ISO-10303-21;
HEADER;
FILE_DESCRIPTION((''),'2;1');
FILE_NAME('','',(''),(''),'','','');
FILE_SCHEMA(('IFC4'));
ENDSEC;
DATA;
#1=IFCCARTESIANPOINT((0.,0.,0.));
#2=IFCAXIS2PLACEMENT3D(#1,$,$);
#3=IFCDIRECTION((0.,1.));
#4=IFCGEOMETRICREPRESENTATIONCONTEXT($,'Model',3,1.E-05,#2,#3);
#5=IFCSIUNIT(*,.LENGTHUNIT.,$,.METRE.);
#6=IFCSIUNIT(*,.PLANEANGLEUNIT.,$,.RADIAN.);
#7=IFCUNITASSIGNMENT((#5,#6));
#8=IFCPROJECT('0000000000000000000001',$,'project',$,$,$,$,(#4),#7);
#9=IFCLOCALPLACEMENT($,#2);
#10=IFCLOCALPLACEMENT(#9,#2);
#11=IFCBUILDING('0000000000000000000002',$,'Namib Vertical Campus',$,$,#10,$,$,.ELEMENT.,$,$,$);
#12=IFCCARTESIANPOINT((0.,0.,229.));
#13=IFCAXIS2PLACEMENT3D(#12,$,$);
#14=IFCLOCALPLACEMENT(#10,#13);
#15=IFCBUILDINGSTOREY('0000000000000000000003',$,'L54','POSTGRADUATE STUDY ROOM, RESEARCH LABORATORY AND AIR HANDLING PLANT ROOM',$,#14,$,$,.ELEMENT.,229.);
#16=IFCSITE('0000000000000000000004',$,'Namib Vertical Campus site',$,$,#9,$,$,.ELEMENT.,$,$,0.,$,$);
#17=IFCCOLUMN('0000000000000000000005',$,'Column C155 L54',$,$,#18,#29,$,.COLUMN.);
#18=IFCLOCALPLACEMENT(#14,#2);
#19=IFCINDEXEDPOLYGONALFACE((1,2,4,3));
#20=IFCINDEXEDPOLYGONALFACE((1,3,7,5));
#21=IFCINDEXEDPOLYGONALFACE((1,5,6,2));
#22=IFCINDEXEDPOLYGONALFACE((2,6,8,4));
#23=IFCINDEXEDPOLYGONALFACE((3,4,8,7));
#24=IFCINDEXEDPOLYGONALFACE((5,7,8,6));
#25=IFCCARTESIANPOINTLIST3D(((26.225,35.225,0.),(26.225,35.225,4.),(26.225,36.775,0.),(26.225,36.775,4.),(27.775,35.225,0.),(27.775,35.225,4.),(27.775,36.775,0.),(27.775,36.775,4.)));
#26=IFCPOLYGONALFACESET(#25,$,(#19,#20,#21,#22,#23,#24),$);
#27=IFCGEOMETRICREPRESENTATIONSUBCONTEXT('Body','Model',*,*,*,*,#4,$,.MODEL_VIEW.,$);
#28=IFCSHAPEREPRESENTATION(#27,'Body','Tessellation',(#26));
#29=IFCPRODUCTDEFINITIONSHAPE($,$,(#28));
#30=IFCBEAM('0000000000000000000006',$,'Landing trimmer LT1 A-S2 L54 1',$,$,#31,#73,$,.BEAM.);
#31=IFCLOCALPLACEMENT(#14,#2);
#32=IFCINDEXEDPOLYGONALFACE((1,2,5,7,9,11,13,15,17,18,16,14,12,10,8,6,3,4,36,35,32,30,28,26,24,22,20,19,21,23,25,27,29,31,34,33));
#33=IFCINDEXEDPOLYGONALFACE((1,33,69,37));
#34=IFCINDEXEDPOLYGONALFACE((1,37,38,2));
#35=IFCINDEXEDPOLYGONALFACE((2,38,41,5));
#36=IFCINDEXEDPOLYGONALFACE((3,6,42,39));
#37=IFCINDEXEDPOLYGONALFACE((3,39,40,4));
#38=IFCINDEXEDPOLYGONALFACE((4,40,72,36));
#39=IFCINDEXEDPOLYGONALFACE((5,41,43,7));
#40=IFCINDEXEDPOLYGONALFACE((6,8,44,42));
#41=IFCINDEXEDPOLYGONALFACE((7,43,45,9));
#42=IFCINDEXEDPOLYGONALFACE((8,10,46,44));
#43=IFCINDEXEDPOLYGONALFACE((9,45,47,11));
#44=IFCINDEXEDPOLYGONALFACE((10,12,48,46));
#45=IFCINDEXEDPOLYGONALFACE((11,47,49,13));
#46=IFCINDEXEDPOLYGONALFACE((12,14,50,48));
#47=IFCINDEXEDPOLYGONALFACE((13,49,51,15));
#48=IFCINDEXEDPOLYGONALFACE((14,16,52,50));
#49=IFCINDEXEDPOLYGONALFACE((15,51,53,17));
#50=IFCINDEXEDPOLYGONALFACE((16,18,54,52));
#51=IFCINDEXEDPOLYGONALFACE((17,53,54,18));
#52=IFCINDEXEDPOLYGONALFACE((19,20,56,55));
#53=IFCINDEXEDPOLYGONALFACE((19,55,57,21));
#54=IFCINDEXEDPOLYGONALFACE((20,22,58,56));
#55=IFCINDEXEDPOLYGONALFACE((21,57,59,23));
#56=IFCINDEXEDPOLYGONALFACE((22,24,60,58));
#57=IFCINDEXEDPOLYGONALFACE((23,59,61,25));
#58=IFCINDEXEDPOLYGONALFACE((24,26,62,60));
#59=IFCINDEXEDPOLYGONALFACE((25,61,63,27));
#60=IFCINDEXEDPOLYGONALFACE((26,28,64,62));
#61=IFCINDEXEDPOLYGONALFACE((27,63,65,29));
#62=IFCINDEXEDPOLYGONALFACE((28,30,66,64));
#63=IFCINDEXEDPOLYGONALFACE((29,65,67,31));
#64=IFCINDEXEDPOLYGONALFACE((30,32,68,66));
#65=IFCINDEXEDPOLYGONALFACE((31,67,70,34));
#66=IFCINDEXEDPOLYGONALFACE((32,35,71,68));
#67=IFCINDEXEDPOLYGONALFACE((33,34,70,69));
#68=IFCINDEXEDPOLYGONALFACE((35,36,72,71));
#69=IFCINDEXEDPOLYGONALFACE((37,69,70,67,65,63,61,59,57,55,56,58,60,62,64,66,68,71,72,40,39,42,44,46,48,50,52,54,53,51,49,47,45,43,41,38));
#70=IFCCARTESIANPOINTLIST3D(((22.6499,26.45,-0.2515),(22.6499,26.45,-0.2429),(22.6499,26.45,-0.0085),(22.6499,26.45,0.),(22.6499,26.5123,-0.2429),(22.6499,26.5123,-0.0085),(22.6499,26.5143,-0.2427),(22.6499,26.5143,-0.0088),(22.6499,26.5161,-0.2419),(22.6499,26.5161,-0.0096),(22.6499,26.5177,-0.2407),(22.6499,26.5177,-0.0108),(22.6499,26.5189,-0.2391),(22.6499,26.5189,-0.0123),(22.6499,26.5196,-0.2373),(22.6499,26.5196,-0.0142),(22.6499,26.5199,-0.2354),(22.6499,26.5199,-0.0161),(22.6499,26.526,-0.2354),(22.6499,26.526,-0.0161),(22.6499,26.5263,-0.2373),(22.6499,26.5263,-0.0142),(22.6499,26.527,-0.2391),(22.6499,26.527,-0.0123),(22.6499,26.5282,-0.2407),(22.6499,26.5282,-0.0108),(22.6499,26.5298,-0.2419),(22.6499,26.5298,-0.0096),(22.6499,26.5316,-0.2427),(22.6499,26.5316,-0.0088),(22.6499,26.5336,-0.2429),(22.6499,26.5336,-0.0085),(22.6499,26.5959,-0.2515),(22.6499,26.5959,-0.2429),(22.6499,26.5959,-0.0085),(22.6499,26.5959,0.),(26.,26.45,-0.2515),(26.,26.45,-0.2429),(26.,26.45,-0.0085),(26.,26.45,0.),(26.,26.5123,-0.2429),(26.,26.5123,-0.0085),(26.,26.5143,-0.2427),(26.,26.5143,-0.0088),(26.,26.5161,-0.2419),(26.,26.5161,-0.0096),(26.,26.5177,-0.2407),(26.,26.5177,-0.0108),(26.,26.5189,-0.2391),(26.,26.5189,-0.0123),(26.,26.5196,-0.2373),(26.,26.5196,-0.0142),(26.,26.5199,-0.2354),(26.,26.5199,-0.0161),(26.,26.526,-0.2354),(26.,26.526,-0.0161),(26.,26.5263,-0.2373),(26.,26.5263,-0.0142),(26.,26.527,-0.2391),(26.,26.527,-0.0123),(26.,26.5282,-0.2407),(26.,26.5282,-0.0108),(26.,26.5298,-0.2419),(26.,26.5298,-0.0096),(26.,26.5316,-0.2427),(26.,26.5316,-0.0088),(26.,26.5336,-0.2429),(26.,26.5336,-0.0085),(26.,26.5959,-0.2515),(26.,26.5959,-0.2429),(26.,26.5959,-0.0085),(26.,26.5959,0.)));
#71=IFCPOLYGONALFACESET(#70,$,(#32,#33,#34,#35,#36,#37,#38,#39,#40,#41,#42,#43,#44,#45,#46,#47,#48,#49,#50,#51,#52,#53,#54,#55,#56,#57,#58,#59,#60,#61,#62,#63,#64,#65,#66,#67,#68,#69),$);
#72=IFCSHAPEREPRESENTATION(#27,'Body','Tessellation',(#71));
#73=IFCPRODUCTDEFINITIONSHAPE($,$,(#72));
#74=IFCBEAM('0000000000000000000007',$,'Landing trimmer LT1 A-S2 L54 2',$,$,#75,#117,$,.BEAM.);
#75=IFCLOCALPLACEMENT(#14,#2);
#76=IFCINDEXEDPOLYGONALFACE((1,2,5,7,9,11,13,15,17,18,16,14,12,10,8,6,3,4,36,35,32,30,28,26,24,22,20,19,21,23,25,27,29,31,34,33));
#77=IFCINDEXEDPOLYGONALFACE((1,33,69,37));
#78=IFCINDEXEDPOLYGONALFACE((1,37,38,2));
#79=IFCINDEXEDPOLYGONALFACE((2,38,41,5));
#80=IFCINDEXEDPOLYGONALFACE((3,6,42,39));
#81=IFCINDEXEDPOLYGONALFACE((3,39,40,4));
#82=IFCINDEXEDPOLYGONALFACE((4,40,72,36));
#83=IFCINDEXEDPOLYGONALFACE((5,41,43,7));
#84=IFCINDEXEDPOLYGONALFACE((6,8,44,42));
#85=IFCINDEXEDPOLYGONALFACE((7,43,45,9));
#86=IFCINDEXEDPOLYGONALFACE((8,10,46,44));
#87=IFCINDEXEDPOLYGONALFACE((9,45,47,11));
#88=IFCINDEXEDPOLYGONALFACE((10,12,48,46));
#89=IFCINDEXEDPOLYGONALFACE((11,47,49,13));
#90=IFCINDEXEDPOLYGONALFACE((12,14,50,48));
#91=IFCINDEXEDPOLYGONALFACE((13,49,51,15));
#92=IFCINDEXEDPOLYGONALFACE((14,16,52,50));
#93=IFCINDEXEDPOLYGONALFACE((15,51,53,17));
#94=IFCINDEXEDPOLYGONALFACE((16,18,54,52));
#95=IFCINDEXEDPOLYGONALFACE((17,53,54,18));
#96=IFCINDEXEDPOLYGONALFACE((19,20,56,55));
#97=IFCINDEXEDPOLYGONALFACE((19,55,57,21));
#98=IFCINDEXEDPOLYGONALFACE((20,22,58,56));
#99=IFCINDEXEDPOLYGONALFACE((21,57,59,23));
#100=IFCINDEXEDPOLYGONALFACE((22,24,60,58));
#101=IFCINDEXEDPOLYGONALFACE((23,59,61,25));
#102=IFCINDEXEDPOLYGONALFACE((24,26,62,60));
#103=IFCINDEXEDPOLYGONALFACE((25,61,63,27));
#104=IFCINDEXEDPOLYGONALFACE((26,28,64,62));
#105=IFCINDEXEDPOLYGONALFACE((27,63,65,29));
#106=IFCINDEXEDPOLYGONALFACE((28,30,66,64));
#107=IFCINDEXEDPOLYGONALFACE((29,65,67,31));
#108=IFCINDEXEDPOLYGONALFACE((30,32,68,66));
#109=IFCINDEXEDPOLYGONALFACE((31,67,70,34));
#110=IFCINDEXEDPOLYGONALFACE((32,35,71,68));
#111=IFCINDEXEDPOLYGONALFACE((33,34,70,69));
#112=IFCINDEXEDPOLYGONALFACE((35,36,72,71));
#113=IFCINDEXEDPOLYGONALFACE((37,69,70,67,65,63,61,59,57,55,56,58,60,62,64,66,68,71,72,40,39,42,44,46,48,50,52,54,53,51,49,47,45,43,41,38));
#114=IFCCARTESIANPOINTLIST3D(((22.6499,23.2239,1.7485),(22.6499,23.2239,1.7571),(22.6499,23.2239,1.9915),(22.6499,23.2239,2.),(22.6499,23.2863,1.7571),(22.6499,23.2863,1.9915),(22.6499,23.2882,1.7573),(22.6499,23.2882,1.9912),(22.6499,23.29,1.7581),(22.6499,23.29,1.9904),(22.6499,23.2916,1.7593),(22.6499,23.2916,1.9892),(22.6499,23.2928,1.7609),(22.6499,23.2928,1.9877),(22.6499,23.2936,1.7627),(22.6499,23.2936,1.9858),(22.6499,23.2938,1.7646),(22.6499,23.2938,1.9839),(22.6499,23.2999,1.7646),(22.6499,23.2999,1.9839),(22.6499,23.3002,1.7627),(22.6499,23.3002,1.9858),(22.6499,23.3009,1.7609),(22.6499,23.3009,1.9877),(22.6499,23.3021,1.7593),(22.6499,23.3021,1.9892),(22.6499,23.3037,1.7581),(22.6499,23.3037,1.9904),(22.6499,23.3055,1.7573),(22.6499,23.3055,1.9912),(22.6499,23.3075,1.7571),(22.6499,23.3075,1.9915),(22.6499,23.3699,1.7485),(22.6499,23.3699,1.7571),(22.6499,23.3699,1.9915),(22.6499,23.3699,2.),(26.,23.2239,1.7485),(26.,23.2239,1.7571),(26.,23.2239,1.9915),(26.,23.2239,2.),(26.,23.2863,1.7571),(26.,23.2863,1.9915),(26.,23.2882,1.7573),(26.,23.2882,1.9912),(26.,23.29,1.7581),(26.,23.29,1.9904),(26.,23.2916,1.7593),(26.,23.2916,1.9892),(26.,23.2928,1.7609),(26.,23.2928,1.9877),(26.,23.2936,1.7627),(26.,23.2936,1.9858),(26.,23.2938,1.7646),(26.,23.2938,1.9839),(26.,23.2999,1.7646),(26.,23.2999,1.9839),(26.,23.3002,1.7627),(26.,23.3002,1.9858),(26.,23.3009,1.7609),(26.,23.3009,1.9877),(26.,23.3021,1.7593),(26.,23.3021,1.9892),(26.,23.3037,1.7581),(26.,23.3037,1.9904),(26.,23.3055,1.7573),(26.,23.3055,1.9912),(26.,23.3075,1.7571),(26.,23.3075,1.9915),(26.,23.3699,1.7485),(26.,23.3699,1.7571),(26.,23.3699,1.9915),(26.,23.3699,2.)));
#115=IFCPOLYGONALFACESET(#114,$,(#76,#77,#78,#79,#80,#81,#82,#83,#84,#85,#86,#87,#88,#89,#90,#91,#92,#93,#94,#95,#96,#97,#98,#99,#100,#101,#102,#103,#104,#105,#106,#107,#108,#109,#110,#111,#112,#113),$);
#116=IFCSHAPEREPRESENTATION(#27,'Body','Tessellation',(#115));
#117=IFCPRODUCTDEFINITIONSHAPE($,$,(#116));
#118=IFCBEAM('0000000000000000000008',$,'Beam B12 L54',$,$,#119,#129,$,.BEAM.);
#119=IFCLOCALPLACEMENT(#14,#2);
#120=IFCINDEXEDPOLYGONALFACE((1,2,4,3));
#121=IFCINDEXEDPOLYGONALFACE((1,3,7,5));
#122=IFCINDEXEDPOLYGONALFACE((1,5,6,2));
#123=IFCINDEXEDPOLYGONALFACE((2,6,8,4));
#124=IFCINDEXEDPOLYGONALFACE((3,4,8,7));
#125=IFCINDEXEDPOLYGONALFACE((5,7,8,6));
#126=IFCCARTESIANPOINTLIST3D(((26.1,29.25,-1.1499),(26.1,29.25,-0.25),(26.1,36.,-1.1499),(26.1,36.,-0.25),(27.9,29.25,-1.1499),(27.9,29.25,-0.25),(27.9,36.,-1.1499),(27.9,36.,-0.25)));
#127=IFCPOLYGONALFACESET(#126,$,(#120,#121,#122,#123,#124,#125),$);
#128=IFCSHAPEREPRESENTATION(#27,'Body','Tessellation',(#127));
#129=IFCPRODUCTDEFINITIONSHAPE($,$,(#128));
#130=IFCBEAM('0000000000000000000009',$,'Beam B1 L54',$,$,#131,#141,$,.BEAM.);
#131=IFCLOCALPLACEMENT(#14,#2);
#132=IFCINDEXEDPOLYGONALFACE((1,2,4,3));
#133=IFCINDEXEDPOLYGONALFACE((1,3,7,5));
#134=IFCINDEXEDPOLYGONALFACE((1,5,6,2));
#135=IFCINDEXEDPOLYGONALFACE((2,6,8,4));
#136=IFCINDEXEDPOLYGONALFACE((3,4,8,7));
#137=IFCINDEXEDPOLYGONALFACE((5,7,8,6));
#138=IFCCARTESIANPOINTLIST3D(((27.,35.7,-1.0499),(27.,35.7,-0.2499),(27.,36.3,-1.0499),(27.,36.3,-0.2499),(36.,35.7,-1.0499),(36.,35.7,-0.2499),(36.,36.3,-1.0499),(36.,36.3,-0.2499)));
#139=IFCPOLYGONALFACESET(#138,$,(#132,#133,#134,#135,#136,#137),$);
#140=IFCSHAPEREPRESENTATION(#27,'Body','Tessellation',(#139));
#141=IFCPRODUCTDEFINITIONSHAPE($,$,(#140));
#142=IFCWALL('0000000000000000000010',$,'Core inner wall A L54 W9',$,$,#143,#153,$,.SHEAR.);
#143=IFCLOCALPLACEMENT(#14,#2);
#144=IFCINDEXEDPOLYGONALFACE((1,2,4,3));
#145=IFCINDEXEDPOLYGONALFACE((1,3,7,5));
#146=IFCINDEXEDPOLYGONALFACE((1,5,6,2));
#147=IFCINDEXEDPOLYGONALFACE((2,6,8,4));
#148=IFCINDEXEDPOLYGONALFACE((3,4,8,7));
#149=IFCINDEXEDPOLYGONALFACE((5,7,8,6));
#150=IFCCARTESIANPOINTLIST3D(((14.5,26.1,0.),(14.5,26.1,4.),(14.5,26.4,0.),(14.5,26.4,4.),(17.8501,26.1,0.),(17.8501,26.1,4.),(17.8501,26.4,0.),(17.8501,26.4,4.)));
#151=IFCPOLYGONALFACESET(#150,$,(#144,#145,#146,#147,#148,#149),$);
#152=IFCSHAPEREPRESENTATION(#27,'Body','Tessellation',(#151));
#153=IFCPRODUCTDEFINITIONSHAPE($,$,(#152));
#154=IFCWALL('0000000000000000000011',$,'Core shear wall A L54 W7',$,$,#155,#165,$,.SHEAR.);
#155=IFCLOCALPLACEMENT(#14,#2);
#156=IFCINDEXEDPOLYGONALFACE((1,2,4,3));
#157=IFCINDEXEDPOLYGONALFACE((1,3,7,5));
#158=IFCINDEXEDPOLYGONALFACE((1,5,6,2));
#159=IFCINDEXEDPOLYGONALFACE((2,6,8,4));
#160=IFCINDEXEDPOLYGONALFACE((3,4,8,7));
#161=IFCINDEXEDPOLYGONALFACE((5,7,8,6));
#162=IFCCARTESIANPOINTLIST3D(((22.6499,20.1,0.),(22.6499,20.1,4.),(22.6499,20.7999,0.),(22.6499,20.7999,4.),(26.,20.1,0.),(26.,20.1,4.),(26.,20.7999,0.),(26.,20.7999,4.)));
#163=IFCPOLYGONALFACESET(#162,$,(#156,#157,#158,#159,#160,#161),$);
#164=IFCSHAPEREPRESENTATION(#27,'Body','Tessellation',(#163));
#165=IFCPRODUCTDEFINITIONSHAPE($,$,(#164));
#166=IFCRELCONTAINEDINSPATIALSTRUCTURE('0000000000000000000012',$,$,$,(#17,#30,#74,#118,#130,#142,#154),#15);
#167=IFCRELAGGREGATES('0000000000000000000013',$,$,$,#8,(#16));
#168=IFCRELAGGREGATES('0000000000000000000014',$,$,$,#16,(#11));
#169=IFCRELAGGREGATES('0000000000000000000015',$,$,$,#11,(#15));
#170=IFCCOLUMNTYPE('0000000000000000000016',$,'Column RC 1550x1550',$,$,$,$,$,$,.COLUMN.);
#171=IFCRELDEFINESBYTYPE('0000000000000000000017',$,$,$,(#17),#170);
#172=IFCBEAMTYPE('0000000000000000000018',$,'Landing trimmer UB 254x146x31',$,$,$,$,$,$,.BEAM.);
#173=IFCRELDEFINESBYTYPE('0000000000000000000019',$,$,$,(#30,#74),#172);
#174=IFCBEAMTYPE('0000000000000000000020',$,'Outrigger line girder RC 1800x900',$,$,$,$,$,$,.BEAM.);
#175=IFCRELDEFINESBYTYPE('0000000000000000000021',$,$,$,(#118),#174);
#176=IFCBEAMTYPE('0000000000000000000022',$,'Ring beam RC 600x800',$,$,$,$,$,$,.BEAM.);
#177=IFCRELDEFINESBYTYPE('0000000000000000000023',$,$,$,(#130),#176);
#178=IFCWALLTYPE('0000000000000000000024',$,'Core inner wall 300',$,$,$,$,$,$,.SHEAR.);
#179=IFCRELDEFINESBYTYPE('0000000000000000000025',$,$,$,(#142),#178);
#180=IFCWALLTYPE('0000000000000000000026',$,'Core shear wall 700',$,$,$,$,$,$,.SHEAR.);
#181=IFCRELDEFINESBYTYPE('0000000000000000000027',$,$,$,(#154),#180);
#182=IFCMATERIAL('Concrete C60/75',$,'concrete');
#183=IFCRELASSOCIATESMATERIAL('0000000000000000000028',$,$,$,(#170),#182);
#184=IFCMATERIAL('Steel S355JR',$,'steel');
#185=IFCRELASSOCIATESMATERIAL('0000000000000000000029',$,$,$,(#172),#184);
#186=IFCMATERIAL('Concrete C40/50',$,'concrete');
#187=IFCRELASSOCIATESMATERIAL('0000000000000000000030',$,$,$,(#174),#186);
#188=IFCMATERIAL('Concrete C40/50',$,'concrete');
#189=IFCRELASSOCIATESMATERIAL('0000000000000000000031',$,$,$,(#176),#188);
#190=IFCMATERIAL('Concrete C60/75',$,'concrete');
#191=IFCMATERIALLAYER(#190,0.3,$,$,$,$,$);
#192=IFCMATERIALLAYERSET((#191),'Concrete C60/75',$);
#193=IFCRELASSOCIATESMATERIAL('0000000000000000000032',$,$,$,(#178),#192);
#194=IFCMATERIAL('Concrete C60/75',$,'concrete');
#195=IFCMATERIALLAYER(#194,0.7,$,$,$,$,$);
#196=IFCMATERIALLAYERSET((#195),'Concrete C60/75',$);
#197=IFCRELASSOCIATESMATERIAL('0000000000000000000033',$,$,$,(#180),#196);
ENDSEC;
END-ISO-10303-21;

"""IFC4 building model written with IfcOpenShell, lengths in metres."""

from ifc_helpers import new_model, si_unit, direction, frame, frame_2d, origin, origin_2d, place, context, subcontext, project, spatial, rectangle, i_section, extrude, material, layer, layer_set, material_profile, profile_set, type_object, element, save


model = new_model("IFC4")

# Units and contexts
model_context = context("Model", 3, precision=1e-05, world=origin(), true_north=direction((0.0, 1.0)))
body_context = subcontext(model_context, "Body", "Model", "MODEL_VIEW")
ifc_project = project(units=[si_unit("LENGTHUNIT", "METRE"), si_unit("PLANEANGLEUNIT", "RADIAN")], contexts=[model_context])

# Site, building, storey
site_placement = place(None, origin())
site = spatial("IfcSite", under=ifc_project, at=site_placement, Name="Namib Vertical Campus site", CompositionType="ELEMENT", RefElevation=0.0)
building_placement = place(site_placement, origin())
building = spatial("IfcBuilding", under=site, at=building_placement, Name="Namib Vertical Campus", CompositionType="ELEMENT")
storey_placement = place(building_placement, frame((0.0, 0.0, 229.0)))
storey = spatial("IfcBuildingStorey", under=building, at=storey_placement, Name="L54", Description="POSTGRADUATE STUDY ROOM, RESEARCH LABORATORY AND AIR HANDLING PLANT ROOM", CompositionType="ELEMENT", Elevation=229.0)

# Column
ifc_material_1 = material(Name="Concrete C60/75", Category="concrete")
ifc_material_profile_1 = material_profile(ifc_material_1, rectangle(XDim=1.55, YDim=1.55, at=origin_2d()))
ifc_profile_set_1 = profile_set([ifc_material_profile_1], Name="Concrete C60/75")
column_type = type_object("IfcColumnType", Name="Column RC 1550x1550", PredefinedType="COLUMN", material=ifc_profile_set_1)
column_placement = place(storey_placement, frame((27.0, 36.0, 0.0), z_axis=(0.0, 0.0, 1.0), x_axis=(1.0, 0.0, 0.0)))
element("IfcColumn", 1, at=column_placement, inside=storey, type_object=column_type, Name="Column C155 L54", PredefinedType="COLUMN", context=body_context, shape_type="SweptSolid", body=[
    extrude(rectangle(XDim=1.55, YDim=1.55, at=origin_2d()), origin(), (0.0, 0.0, 1.0), 4.0),
])

# Beams
ifc_material_2 = material(Name="Steel S355JR", Category="steel")
ifc_material_profile_2 = material_profile(ifc_material_2, i_section(OverallWidth=0.146, OverallDepth=0.2515, WebThickness=0.0061, FlangeThickness=0.0085, FilletRadius=0.0076, at=origin_2d()))
ifc_profile_set_2 = profile_set([ifc_material_profile_2], Name="Steel S355JR")
beam_type_1 = type_object("IfcBeamType", Name="Landing trimmer UB 254x146x31", PredefinedType="BEAM", material=ifc_profile_set_2)
for number, where, z_axis, x_axis, name in (
    (2, (22.6499, 26.5229, -0.1257), (1.0, 0.0, 0.0), (0.0, 1.0, 0.0), "Landing trimmer LT1 A-S2 L54 1"),
    (3, (22.6499, 23.2969, 1.8743), (1.0, 0.0, 0.0), (0.0, 1.0, 0.0), "Landing trimmer LT1 A-S2 L54 2"),
):
    element("IfcBeam", number, at=place(storey_placement, frame(where, z_axis=z_axis, x_axis=x_axis)), inside=storey, type_object=beam_type_1, Name=name, PredefinedType="BEAM", context=body_context, shape_type="SweptSolid", body=[
        extrude(i_section(OverallWidth=0.146, OverallDepth=0.2515, WebThickness=0.0061, FlangeThickness=0.0085, FilletRadius=0.0076, at=origin_2d()), origin(), (0.0, 0.0, 1.0), 3.3501),
    ])
ifc_material_3 = material(Name="Concrete C40/50", Category="concrete")
ifc_material_profile_3 = material_profile(ifc_material_3, rectangle(XDim=1.8, YDim=0.8999, at=origin_2d()))
ifc_profile_set_3 = profile_set([ifc_material_profile_3], Name="Concrete C40/50")
beam_type_2 = type_object("IfcBeamType", Name="Outrigger line girder RC 1800x900", PredefinedType="BEAM", material=ifc_profile_set_3)
beam_1_placement = place(storey_placement, frame((27.0, 36.0, -0.7), z_axis=(0.0, -1.0, 0.0), x_axis=(1.0, 0.0, 0.0)))
element("IfcBeam", 4, at=beam_1_placement, inside=storey, type_object=beam_type_2, Name="Beam B12 L54", PredefinedType="BEAM", context=body_context, shape_type="SweptSolid", body=[
    extrude(rectangle(XDim=1.8, YDim=0.8999, at=origin_2d()), origin(), (0.0, 0.0, 1.0), 6.75),
])
ifc_material_4 = material(Name="Concrete C40/50", Category="concrete")
ifc_material_profile_4 = material_profile(ifc_material_4, rectangle(XDim=0.6001, YDim=0.8, at=origin_2d()))
ifc_profile_set_4 = profile_set([ifc_material_profile_4], Name="Concrete C40/50")
beam_type_3 = type_object("IfcBeamType", Name="Ring beam RC 600x800", PredefinedType="BEAM", material=ifc_profile_set_4)
beam_2_placement = place(storey_placement, frame((27.0, 36.0, -0.6499), z_axis=(1.0, 0.0, 0.0), x_axis=(0.0, 1.0, 0.0)))
element("IfcBeam", 5, at=beam_2_placement, inside=storey, type_object=beam_type_3, Name="Beam B1 L54", PredefinedType="BEAM", context=body_context, shape_type="SweptSolid", body=[
    extrude(rectangle(XDim=0.6001, YDim=0.8, at=origin_2d()), origin(), (0.0, 0.0, 1.0), 9.0),
])

# Walls
ifc_material_5 = material(Name="Concrete C60/75", Category="concrete")
ifc_layer_1 = layer(ifc_material_5, 0.3)
ifc_layer_set_1 = layer_set([ifc_layer_1], Name="Concrete C60/75")
wall_type_1 = type_object("IfcWallType", Name="Core inner wall 300", PredefinedType="SHEAR", material=ifc_layer_set_1)
wall_1_placement = place(storey_placement, frame((14.5, 26.25, 0.0), z_axis=(0.0, 0.0, 1.0), x_axis=(1.0, 0.0, 0.0)))
element("IfcWall", 6, at=wall_1_placement, inside=storey, type_object=wall_type_1, Name="Core inner wall A L54 W9", PredefinedType="SHEAR", context=body_context, shape_type="SweptSolid", body=[
    extrude(rectangle(XDim=3.3501, YDim=0.3, at=frame_2d((1.675, 0.0))), origin(), (0.0, 0.0, 1.0), 4.0),
])
ifc_material_6 = material(Name="Concrete C60/75", Category="concrete")
ifc_layer_2 = layer(ifc_material_6, 0.7)
ifc_layer_set_2 = layer_set([ifc_layer_2], Name="Concrete C60/75")
wall_type_2 = type_object("IfcWallType", Name="Core shear wall 700", PredefinedType="SHEAR", material=ifc_layer_set_2)
wall_2_placement = place(storey_placement, frame((22.6499, 20.45, 0.0), z_axis=(0.0, 0.0, 1.0), x_axis=(1.0, 0.0, 0.0)))
element("IfcWall", 7, at=wall_2_placement, inside=storey, type_object=wall_type_2, Name="Core shear wall A L54 W7", PredefinedType="SHEAR", context=body_context, shape_type="SweptSolid", body=[
    extrude(rectangle(XDim=3.3501, YDim=0.7, at=frame_2d((1.675, 0.0))), origin(), (0.0, 0.0, 1.0), 4.0),
])

save(model, "model.ifc")
